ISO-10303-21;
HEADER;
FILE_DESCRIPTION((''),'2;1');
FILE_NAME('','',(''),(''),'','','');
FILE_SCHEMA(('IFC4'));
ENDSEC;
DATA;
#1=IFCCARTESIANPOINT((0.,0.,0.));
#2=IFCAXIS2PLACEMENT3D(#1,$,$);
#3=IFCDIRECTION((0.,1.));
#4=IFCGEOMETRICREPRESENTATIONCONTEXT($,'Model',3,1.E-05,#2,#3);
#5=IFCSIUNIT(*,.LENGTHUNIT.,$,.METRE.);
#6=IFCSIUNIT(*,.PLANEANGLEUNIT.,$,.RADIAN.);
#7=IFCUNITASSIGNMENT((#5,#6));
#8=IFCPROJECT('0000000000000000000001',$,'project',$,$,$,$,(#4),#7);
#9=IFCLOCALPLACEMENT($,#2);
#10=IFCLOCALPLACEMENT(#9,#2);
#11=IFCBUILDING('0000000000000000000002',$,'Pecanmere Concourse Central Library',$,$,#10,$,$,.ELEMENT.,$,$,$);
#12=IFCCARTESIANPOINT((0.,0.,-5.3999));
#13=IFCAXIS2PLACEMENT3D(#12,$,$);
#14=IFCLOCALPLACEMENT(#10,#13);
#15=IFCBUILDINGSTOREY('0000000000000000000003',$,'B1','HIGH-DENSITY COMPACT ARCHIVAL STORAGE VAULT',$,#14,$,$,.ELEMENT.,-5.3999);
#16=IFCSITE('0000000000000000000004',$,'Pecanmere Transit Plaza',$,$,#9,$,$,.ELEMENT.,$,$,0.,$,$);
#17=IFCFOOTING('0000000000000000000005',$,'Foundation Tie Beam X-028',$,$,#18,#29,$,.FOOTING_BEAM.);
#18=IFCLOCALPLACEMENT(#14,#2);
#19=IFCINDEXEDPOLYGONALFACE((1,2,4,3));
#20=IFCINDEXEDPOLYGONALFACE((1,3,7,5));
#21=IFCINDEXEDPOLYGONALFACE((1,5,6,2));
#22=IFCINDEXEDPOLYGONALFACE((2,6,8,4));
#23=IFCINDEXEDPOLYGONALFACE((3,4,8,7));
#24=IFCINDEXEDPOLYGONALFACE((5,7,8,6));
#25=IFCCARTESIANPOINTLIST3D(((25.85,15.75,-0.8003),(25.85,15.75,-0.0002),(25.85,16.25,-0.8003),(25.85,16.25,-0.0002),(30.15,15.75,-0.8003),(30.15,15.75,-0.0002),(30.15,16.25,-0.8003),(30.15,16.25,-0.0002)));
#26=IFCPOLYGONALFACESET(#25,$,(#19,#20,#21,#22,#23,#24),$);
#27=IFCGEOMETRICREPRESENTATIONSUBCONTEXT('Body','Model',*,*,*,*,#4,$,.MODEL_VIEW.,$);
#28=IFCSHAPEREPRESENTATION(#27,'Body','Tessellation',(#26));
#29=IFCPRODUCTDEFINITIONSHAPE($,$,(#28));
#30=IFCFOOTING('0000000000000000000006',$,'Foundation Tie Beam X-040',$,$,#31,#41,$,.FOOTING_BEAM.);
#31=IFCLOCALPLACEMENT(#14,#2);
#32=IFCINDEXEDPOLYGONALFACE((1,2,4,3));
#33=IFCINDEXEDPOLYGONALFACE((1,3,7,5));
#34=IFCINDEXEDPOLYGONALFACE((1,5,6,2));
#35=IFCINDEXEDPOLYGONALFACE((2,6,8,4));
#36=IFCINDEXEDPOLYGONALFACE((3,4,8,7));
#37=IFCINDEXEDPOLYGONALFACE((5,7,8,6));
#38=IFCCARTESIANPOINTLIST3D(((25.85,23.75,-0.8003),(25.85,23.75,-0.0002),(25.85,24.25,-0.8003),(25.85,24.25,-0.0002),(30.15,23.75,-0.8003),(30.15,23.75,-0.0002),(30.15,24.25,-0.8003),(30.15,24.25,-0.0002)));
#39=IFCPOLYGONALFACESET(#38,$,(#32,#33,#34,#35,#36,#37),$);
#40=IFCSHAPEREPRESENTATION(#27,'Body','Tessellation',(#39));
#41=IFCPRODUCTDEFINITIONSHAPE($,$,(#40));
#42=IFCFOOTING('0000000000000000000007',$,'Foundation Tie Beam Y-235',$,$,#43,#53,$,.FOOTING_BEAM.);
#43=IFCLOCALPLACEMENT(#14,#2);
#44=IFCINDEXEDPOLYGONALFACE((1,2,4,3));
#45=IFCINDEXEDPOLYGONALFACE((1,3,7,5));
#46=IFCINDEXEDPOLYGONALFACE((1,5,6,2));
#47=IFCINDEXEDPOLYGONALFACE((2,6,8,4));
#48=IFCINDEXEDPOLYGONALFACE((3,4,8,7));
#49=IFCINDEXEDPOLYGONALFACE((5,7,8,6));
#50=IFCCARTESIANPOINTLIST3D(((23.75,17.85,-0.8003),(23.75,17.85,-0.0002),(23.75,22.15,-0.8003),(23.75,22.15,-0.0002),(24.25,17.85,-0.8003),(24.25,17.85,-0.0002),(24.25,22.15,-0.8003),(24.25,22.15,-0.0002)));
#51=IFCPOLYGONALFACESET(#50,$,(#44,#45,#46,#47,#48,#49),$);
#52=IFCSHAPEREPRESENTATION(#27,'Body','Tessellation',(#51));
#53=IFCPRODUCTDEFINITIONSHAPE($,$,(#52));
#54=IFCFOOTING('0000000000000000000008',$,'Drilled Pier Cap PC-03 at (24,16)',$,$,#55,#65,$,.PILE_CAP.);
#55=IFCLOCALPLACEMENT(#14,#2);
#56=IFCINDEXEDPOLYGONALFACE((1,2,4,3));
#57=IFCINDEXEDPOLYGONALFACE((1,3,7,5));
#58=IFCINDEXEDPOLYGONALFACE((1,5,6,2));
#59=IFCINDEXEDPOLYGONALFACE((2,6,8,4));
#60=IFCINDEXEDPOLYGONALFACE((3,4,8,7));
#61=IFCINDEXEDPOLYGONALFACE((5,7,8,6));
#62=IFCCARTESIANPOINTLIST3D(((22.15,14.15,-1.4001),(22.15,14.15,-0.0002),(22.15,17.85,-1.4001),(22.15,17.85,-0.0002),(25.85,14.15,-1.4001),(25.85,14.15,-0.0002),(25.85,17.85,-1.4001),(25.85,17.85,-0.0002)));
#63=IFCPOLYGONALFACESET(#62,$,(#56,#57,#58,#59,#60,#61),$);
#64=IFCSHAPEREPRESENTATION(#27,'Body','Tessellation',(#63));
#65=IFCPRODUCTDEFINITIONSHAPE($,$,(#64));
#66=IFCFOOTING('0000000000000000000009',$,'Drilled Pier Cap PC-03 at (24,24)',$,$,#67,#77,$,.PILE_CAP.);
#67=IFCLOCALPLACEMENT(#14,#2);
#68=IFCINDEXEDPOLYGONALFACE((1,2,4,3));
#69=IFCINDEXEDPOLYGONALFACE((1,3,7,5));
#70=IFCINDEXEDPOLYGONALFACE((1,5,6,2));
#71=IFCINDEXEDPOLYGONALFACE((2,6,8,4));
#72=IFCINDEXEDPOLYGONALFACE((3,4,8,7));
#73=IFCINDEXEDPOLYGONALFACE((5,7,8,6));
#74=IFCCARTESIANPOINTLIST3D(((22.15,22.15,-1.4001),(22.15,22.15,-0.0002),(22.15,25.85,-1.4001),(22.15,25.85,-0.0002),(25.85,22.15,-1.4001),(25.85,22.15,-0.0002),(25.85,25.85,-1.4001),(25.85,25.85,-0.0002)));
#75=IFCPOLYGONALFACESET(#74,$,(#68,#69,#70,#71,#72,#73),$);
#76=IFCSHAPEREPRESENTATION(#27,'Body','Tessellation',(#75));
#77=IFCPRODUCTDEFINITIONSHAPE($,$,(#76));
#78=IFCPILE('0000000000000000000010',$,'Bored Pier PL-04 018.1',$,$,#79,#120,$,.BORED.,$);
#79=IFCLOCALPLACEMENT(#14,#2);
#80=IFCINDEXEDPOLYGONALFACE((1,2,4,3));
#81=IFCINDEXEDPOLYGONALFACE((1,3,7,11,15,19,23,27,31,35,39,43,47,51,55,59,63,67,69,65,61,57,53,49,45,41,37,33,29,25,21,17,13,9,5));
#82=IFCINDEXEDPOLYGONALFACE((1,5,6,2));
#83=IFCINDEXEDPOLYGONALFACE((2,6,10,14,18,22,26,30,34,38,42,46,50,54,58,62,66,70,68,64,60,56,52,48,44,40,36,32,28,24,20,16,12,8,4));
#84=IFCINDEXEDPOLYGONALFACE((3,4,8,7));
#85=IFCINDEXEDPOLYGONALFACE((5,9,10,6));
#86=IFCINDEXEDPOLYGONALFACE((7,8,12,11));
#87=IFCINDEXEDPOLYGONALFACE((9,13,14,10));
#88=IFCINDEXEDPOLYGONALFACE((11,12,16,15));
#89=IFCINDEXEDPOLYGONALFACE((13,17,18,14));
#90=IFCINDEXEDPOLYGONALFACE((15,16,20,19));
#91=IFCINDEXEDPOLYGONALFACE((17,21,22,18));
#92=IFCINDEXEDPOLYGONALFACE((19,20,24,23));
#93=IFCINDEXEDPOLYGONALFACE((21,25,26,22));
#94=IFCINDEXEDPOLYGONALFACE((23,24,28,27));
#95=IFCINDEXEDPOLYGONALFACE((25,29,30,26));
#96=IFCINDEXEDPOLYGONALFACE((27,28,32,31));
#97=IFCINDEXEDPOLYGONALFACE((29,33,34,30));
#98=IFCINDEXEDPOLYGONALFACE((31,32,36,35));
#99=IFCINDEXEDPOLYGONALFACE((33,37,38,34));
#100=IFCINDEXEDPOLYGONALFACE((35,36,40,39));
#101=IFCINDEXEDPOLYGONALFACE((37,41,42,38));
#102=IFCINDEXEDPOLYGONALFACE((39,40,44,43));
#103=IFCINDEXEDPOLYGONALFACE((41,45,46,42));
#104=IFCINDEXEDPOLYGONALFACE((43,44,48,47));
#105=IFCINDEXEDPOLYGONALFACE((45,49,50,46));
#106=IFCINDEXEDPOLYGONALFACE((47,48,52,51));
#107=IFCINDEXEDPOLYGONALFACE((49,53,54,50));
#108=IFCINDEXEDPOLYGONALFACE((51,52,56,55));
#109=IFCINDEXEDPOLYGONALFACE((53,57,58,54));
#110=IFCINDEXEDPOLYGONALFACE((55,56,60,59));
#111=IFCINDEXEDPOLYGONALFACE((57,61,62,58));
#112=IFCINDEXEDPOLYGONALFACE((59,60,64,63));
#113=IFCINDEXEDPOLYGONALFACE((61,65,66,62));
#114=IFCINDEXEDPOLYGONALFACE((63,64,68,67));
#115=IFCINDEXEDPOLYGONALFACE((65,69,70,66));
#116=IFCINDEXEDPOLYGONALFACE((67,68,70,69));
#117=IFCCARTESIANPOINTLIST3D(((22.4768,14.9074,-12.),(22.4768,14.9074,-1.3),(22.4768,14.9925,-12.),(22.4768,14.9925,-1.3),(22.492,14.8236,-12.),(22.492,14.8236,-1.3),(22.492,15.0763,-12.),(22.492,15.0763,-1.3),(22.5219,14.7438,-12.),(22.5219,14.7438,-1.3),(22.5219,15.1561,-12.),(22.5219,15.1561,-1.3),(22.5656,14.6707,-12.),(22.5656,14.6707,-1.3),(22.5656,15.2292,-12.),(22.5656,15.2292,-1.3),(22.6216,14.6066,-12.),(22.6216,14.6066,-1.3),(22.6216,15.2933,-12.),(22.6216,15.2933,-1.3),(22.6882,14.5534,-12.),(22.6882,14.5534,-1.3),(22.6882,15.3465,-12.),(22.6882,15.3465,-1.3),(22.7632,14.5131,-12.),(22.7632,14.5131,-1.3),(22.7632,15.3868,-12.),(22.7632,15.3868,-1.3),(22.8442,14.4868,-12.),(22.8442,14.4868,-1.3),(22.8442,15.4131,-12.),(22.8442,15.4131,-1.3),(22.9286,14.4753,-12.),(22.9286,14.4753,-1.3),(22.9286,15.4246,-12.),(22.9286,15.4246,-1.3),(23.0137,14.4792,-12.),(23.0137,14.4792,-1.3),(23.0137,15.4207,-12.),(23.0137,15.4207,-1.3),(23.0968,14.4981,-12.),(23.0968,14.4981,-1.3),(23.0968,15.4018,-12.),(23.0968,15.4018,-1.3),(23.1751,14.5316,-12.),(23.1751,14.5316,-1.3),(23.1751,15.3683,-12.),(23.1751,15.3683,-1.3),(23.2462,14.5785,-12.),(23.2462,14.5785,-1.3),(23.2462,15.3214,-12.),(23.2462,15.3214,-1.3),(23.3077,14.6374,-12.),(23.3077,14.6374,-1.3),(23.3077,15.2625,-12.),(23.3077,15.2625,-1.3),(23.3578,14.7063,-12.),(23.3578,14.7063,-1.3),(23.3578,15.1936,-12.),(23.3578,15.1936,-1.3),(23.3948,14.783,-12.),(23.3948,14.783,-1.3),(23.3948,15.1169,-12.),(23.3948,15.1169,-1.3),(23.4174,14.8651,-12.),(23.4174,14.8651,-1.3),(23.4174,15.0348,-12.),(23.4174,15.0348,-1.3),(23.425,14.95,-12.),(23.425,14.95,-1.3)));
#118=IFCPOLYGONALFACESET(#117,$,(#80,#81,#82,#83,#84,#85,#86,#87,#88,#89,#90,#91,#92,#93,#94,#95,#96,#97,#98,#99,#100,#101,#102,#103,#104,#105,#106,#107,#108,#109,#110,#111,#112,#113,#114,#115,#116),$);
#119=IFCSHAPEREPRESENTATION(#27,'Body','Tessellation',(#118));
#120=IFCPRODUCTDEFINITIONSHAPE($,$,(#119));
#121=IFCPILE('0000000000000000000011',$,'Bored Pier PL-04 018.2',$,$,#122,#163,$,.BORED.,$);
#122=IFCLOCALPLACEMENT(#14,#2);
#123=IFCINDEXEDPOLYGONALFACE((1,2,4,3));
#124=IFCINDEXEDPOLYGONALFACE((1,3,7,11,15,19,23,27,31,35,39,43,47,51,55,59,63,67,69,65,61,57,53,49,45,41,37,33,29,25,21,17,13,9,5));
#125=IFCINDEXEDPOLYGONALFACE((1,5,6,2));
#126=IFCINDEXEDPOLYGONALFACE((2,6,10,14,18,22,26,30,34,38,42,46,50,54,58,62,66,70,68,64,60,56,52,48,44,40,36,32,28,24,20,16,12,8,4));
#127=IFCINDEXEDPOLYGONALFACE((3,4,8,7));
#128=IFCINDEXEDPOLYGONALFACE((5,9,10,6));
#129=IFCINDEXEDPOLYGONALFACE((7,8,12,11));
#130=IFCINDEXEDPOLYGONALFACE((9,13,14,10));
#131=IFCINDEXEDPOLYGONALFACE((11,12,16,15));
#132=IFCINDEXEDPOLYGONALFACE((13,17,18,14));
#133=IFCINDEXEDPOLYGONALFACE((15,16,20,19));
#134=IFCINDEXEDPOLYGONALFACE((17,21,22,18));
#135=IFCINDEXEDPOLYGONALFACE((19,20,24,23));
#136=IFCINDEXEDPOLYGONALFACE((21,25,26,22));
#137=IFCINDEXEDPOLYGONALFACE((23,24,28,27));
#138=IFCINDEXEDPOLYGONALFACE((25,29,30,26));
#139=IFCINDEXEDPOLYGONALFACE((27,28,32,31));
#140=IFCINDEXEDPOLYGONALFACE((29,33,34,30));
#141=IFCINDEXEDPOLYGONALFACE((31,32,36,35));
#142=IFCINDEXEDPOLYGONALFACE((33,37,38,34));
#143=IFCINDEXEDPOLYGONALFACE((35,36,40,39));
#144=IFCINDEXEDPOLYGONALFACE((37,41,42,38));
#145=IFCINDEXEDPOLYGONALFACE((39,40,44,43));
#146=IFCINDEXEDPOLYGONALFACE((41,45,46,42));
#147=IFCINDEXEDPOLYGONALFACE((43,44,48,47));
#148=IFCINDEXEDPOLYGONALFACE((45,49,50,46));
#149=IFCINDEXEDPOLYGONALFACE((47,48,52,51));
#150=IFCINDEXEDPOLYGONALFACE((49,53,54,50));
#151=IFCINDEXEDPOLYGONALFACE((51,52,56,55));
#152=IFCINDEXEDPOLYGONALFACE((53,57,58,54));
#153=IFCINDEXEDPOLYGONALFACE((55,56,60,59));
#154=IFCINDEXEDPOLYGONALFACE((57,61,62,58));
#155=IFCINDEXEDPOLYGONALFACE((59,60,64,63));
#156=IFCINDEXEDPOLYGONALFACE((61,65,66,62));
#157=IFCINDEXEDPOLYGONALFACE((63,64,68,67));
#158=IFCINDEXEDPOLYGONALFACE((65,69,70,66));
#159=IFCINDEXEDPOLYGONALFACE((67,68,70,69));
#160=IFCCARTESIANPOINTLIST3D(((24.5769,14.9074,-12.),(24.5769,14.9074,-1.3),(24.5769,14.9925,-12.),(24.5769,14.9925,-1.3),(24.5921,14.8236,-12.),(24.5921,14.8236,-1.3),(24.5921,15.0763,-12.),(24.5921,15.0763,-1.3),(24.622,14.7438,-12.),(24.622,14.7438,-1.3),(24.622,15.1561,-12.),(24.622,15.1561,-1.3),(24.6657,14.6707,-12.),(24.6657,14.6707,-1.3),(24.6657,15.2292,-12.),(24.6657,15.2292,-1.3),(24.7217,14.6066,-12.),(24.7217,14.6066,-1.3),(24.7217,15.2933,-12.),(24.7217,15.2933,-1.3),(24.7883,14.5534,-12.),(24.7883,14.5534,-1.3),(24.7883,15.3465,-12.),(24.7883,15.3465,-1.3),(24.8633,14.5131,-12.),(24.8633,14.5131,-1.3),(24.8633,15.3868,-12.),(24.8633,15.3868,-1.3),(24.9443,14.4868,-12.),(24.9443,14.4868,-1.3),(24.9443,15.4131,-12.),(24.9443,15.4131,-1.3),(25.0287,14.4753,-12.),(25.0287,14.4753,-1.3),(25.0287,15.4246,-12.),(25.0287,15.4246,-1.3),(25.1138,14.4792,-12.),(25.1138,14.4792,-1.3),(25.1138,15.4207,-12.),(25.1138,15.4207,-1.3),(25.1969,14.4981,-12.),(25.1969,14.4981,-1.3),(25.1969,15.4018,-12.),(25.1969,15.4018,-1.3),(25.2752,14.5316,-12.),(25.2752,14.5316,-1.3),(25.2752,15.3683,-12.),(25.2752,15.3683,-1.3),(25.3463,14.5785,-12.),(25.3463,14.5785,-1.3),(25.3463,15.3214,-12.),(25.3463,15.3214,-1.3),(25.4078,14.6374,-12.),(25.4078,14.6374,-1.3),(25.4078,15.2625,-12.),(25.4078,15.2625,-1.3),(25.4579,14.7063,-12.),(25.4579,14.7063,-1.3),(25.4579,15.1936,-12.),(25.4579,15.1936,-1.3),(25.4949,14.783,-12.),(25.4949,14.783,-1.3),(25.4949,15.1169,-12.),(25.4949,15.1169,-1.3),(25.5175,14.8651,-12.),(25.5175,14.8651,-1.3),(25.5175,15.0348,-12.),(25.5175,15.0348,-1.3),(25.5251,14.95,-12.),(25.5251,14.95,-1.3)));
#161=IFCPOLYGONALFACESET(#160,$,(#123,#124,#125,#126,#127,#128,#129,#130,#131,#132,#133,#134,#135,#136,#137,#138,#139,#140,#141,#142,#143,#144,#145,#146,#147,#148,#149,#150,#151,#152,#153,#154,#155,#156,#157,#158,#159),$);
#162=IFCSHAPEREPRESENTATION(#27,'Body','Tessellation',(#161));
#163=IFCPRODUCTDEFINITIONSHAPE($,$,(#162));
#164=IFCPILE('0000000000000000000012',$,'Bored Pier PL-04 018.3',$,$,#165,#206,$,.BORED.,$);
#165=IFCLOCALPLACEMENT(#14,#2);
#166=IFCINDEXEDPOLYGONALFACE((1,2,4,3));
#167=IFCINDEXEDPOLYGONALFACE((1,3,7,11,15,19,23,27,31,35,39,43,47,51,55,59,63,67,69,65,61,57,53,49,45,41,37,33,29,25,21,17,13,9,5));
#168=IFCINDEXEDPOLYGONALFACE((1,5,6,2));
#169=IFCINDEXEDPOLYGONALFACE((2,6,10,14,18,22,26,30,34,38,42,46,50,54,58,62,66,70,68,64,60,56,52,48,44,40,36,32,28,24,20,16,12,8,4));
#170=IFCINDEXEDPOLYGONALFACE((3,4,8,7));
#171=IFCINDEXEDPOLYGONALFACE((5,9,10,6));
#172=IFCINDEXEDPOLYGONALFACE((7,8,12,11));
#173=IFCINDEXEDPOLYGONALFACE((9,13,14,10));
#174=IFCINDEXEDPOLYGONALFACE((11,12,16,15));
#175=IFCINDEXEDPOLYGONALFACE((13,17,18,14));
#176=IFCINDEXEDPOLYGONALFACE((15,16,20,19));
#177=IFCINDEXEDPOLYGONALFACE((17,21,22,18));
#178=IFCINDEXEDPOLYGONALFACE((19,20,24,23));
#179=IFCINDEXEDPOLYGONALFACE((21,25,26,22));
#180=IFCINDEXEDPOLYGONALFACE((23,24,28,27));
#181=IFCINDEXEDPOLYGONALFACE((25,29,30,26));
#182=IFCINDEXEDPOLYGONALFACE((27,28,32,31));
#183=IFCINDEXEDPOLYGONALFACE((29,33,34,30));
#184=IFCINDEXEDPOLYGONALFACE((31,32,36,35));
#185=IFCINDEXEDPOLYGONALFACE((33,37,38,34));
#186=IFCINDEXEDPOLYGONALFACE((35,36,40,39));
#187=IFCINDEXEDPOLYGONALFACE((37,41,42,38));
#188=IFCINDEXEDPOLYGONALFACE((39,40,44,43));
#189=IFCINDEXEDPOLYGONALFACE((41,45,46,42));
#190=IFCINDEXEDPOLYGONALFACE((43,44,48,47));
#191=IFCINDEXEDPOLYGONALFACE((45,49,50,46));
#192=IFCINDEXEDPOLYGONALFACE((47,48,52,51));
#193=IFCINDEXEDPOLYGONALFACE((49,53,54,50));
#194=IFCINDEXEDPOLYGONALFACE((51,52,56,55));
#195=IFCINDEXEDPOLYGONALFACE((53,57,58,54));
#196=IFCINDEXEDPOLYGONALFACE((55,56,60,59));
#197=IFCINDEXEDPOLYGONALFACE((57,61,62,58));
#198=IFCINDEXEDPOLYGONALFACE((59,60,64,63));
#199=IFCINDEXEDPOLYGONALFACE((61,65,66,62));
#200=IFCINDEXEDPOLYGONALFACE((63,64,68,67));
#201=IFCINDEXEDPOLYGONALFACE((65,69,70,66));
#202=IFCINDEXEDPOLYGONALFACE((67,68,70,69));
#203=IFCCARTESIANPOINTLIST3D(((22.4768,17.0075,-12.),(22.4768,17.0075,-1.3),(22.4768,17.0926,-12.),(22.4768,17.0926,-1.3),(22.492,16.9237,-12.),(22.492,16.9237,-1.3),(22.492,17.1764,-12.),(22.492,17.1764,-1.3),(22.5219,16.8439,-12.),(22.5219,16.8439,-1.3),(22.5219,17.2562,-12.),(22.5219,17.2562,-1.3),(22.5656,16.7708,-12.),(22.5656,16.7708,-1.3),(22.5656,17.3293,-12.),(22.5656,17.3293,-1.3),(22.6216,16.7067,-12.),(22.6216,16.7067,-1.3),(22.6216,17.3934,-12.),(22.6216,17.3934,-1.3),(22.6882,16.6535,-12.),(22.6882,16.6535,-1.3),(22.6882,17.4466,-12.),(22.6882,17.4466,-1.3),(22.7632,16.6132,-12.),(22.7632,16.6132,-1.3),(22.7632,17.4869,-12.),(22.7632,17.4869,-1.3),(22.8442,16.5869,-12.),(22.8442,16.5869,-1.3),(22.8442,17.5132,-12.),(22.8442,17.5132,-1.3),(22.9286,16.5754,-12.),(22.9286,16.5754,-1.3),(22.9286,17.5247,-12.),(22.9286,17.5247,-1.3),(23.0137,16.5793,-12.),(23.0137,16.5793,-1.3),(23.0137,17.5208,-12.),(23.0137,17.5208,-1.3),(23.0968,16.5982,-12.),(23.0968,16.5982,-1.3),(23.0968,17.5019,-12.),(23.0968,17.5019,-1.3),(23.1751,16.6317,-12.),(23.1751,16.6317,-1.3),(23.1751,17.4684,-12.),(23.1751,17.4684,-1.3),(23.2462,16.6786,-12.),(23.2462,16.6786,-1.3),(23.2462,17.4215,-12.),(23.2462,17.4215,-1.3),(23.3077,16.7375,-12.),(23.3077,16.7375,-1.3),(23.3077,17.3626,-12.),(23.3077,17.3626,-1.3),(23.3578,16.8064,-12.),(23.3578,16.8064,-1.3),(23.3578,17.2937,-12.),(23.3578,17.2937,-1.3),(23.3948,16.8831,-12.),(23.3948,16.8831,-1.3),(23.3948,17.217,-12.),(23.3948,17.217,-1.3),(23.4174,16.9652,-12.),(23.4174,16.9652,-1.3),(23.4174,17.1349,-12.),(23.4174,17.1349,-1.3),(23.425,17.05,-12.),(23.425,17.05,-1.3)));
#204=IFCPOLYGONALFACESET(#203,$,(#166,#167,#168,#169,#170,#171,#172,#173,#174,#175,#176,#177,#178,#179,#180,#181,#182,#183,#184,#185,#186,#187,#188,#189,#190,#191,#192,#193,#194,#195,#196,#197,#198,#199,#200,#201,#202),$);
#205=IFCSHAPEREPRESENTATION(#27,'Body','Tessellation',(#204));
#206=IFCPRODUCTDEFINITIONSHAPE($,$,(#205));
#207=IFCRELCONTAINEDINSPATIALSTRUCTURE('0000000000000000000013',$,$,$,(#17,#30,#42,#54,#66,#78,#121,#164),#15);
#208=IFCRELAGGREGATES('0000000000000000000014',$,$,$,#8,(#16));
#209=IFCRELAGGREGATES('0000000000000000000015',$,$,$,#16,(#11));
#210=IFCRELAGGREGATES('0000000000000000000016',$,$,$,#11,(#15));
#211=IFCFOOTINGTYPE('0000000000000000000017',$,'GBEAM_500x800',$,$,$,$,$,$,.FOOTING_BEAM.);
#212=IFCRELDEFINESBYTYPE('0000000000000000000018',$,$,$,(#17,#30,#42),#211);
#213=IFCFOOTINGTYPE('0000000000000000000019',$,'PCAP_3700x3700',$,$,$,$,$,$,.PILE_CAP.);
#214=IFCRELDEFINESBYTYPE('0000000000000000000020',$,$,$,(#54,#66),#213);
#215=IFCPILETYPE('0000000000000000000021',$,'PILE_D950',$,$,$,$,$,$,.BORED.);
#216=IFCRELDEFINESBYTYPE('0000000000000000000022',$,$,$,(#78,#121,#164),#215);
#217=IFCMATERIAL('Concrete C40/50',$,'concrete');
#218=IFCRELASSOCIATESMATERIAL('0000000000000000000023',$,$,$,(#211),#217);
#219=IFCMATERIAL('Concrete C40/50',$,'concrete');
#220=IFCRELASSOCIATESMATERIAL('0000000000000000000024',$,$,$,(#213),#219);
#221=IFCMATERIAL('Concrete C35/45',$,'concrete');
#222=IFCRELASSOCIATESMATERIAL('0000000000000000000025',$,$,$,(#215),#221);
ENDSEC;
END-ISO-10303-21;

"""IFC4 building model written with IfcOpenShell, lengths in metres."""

from ifc_helpers import new_model, si_unit, direction, frame, origin, origin_2d, place, context, subcontext, project, spatial, rectangle, circle, extrude, material, material_profile, profile_set, type_object, element, save


model = new_model("IFC4")

# Units and contexts
model_context = context("Model", 3, precision=1e-05, world=origin(), true_north=direction((0.0, 1.0)))
body_context = subcontext(model_context, "Body", "Model", "MODEL_VIEW")
ifc_project = project(units=[si_unit("LENGTHUNIT", "METRE"), si_unit("PLANEANGLEUNIT", "RADIAN")], contexts=[model_context])

# Site, building, storey
site_placement = place(None, origin())
site = spatial("IfcSite", under=ifc_project, at=site_placement, Name="Pecanmere Transit Plaza", CompositionType="ELEMENT", RefElevation=0.0)
building_placement = place(site_placement, origin())
building = spatial("IfcBuilding", under=site, at=building_placement, Name="Pecanmere Concourse Central Library", CompositionType="ELEMENT")
storey_placement = place(building_placement, frame((0.0, 0.0, -5.3999)))
storey = spatial("IfcBuildingStorey", under=building, at=storey_placement, Name="B1", Description="HIGH-DENSITY COMPACT ARCHIVAL STORAGE VAULT", CompositionType="ELEMENT", Elevation=-5.3999)

# Footings
ifc_material_1 = material(Name="Concrete C40/50", Category="concrete")
ifc_material_profile_1 = material_profile(ifc_material_1, rectangle(XDim=0.5, YDim=0.8, at=origin_2d()), Name="RC 500x800")
ifc_profile_set_1 = profile_set([ifc_material_profile_1], Name="Concrete C40/50")
footing_type_1 = type_object("IfcFootingType", Name="GBEAM_500x800", PredefinedType="FOOTING_BEAM", material=ifc_profile_set_1)
for number, where, z_axis, x_axis, name in (
    (1, (28.0, 16.0, -0.8003), (0.0, 0.0, 1.0), (1.0, 0.0, 0.0), "Foundation Tie Beam X-028"),
    (2, (28.0, 24.0, -0.8003), (0.0, 0.0, 1.0), (1.0, 0.0, 0.0), "Foundation Tie Beam X-040"),
    (3, (24.0, 20.0, -0.8003), (0.0, 0.0, 1.0), (0.0, 1.0, 0.0), "Foundation Tie Beam Y-235"),
):
    element("IfcFooting", number, at=place(storey_placement, frame(where, z_axis=z_axis, x_axis=x_axis)), inside=storey, type_object=footing_type_1, Name=name, PredefinedType="FOOTING_BEAM", context=body_context, shape_type="SweptSolid", body=[
        extrude(rectangle(XDim=4.3, YDim=0.5, at=origin_2d()), origin(), (0.0, 0.0, 1.0), 0.8),
    ])
ifc_material_2 = material(Name="Concrete C40/50", Category="concrete")
footing_type_2 = type_object("IfcFootingType", Name="PCAP_3700x3700", PredefinedType="PILE_CAP", material=ifc_material_2)
for number, where, z_axis, x_axis, name in (
    (4, (24.0, 16.0, -1.4001), (0.0, 0.0, 1.0), (1.0, 0.0, 0.0), "Drilled Pier Cap PC-03 at (24,16)"),
    (5, (24.0, 24.0, -1.4001), (0.0, 0.0, 1.0), (1.0, 0.0, 0.0), "Drilled Pier Cap PC-03 at (24,24)"),
):
    element("IfcFooting", number, at=place(storey_placement, frame(where, z_axis=z_axis, x_axis=x_axis)), inside=storey, type_object=footing_type_2, Name=name, PredefinedType="PILE_CAP", context=body_context, shape_type="SweptSolid", body=[
        extrude(rectangle(XDim=3.7, YDim=3.7, at=origin_2d()), origin(), (0.0, 0.0, 1.0), 1.3999),
    ])

# Piles
ifc_material_3 = material(Name="Concrete C35/45", Category="concrete")
ifc_material_profile_2 = material_profile(ifc_material_3, circle(Radius=0.4751, at=origin_2d()), Name="PIER D950")
ifc_profile_set_2 = profile_set([ifc_material_profile_2], Name="Concrete C35/45")
pile_type = type_object("IfcPileType", Name="PILE_D950", PredefinedType="BORED", material=ifc_profile_set_2)
for number, where, z_axis, x_axis, name in (
    (6, (22.95, 14.95, -1.3), (0.0, 0.0, -1.0), (1.0, 0.0, 0.0), "Bored Pier PL-04 018.1"),
    (7, (25.05, 14.95, -1.3), (0.0, 0.0, -1.0), (1.0, 0.0, 0.0), "Bored Pier PL-04 018.2"),
    (8, (22.95, 17.05, -1.3), (0.0, 0.0, -1.0), (1.0, 0.0, 0.0), "Bored Pier PL-04 018.3"),
):
    element("IfcPile", number, at=place(storey_placement, frame(where, z_axis=z_axis, x_axis=x_axis)), inside=storey, type_object=pile_type, Name=name, PredefinedType="BORED", context=body_context, shape_type="SweptSolid", body=[
        extrude(circle(Radius=0.4751, at=origin_2d()), origin(), (0.0, 0.0, 1.0), 10.7),
    ])

save(model, "model.ifc")
